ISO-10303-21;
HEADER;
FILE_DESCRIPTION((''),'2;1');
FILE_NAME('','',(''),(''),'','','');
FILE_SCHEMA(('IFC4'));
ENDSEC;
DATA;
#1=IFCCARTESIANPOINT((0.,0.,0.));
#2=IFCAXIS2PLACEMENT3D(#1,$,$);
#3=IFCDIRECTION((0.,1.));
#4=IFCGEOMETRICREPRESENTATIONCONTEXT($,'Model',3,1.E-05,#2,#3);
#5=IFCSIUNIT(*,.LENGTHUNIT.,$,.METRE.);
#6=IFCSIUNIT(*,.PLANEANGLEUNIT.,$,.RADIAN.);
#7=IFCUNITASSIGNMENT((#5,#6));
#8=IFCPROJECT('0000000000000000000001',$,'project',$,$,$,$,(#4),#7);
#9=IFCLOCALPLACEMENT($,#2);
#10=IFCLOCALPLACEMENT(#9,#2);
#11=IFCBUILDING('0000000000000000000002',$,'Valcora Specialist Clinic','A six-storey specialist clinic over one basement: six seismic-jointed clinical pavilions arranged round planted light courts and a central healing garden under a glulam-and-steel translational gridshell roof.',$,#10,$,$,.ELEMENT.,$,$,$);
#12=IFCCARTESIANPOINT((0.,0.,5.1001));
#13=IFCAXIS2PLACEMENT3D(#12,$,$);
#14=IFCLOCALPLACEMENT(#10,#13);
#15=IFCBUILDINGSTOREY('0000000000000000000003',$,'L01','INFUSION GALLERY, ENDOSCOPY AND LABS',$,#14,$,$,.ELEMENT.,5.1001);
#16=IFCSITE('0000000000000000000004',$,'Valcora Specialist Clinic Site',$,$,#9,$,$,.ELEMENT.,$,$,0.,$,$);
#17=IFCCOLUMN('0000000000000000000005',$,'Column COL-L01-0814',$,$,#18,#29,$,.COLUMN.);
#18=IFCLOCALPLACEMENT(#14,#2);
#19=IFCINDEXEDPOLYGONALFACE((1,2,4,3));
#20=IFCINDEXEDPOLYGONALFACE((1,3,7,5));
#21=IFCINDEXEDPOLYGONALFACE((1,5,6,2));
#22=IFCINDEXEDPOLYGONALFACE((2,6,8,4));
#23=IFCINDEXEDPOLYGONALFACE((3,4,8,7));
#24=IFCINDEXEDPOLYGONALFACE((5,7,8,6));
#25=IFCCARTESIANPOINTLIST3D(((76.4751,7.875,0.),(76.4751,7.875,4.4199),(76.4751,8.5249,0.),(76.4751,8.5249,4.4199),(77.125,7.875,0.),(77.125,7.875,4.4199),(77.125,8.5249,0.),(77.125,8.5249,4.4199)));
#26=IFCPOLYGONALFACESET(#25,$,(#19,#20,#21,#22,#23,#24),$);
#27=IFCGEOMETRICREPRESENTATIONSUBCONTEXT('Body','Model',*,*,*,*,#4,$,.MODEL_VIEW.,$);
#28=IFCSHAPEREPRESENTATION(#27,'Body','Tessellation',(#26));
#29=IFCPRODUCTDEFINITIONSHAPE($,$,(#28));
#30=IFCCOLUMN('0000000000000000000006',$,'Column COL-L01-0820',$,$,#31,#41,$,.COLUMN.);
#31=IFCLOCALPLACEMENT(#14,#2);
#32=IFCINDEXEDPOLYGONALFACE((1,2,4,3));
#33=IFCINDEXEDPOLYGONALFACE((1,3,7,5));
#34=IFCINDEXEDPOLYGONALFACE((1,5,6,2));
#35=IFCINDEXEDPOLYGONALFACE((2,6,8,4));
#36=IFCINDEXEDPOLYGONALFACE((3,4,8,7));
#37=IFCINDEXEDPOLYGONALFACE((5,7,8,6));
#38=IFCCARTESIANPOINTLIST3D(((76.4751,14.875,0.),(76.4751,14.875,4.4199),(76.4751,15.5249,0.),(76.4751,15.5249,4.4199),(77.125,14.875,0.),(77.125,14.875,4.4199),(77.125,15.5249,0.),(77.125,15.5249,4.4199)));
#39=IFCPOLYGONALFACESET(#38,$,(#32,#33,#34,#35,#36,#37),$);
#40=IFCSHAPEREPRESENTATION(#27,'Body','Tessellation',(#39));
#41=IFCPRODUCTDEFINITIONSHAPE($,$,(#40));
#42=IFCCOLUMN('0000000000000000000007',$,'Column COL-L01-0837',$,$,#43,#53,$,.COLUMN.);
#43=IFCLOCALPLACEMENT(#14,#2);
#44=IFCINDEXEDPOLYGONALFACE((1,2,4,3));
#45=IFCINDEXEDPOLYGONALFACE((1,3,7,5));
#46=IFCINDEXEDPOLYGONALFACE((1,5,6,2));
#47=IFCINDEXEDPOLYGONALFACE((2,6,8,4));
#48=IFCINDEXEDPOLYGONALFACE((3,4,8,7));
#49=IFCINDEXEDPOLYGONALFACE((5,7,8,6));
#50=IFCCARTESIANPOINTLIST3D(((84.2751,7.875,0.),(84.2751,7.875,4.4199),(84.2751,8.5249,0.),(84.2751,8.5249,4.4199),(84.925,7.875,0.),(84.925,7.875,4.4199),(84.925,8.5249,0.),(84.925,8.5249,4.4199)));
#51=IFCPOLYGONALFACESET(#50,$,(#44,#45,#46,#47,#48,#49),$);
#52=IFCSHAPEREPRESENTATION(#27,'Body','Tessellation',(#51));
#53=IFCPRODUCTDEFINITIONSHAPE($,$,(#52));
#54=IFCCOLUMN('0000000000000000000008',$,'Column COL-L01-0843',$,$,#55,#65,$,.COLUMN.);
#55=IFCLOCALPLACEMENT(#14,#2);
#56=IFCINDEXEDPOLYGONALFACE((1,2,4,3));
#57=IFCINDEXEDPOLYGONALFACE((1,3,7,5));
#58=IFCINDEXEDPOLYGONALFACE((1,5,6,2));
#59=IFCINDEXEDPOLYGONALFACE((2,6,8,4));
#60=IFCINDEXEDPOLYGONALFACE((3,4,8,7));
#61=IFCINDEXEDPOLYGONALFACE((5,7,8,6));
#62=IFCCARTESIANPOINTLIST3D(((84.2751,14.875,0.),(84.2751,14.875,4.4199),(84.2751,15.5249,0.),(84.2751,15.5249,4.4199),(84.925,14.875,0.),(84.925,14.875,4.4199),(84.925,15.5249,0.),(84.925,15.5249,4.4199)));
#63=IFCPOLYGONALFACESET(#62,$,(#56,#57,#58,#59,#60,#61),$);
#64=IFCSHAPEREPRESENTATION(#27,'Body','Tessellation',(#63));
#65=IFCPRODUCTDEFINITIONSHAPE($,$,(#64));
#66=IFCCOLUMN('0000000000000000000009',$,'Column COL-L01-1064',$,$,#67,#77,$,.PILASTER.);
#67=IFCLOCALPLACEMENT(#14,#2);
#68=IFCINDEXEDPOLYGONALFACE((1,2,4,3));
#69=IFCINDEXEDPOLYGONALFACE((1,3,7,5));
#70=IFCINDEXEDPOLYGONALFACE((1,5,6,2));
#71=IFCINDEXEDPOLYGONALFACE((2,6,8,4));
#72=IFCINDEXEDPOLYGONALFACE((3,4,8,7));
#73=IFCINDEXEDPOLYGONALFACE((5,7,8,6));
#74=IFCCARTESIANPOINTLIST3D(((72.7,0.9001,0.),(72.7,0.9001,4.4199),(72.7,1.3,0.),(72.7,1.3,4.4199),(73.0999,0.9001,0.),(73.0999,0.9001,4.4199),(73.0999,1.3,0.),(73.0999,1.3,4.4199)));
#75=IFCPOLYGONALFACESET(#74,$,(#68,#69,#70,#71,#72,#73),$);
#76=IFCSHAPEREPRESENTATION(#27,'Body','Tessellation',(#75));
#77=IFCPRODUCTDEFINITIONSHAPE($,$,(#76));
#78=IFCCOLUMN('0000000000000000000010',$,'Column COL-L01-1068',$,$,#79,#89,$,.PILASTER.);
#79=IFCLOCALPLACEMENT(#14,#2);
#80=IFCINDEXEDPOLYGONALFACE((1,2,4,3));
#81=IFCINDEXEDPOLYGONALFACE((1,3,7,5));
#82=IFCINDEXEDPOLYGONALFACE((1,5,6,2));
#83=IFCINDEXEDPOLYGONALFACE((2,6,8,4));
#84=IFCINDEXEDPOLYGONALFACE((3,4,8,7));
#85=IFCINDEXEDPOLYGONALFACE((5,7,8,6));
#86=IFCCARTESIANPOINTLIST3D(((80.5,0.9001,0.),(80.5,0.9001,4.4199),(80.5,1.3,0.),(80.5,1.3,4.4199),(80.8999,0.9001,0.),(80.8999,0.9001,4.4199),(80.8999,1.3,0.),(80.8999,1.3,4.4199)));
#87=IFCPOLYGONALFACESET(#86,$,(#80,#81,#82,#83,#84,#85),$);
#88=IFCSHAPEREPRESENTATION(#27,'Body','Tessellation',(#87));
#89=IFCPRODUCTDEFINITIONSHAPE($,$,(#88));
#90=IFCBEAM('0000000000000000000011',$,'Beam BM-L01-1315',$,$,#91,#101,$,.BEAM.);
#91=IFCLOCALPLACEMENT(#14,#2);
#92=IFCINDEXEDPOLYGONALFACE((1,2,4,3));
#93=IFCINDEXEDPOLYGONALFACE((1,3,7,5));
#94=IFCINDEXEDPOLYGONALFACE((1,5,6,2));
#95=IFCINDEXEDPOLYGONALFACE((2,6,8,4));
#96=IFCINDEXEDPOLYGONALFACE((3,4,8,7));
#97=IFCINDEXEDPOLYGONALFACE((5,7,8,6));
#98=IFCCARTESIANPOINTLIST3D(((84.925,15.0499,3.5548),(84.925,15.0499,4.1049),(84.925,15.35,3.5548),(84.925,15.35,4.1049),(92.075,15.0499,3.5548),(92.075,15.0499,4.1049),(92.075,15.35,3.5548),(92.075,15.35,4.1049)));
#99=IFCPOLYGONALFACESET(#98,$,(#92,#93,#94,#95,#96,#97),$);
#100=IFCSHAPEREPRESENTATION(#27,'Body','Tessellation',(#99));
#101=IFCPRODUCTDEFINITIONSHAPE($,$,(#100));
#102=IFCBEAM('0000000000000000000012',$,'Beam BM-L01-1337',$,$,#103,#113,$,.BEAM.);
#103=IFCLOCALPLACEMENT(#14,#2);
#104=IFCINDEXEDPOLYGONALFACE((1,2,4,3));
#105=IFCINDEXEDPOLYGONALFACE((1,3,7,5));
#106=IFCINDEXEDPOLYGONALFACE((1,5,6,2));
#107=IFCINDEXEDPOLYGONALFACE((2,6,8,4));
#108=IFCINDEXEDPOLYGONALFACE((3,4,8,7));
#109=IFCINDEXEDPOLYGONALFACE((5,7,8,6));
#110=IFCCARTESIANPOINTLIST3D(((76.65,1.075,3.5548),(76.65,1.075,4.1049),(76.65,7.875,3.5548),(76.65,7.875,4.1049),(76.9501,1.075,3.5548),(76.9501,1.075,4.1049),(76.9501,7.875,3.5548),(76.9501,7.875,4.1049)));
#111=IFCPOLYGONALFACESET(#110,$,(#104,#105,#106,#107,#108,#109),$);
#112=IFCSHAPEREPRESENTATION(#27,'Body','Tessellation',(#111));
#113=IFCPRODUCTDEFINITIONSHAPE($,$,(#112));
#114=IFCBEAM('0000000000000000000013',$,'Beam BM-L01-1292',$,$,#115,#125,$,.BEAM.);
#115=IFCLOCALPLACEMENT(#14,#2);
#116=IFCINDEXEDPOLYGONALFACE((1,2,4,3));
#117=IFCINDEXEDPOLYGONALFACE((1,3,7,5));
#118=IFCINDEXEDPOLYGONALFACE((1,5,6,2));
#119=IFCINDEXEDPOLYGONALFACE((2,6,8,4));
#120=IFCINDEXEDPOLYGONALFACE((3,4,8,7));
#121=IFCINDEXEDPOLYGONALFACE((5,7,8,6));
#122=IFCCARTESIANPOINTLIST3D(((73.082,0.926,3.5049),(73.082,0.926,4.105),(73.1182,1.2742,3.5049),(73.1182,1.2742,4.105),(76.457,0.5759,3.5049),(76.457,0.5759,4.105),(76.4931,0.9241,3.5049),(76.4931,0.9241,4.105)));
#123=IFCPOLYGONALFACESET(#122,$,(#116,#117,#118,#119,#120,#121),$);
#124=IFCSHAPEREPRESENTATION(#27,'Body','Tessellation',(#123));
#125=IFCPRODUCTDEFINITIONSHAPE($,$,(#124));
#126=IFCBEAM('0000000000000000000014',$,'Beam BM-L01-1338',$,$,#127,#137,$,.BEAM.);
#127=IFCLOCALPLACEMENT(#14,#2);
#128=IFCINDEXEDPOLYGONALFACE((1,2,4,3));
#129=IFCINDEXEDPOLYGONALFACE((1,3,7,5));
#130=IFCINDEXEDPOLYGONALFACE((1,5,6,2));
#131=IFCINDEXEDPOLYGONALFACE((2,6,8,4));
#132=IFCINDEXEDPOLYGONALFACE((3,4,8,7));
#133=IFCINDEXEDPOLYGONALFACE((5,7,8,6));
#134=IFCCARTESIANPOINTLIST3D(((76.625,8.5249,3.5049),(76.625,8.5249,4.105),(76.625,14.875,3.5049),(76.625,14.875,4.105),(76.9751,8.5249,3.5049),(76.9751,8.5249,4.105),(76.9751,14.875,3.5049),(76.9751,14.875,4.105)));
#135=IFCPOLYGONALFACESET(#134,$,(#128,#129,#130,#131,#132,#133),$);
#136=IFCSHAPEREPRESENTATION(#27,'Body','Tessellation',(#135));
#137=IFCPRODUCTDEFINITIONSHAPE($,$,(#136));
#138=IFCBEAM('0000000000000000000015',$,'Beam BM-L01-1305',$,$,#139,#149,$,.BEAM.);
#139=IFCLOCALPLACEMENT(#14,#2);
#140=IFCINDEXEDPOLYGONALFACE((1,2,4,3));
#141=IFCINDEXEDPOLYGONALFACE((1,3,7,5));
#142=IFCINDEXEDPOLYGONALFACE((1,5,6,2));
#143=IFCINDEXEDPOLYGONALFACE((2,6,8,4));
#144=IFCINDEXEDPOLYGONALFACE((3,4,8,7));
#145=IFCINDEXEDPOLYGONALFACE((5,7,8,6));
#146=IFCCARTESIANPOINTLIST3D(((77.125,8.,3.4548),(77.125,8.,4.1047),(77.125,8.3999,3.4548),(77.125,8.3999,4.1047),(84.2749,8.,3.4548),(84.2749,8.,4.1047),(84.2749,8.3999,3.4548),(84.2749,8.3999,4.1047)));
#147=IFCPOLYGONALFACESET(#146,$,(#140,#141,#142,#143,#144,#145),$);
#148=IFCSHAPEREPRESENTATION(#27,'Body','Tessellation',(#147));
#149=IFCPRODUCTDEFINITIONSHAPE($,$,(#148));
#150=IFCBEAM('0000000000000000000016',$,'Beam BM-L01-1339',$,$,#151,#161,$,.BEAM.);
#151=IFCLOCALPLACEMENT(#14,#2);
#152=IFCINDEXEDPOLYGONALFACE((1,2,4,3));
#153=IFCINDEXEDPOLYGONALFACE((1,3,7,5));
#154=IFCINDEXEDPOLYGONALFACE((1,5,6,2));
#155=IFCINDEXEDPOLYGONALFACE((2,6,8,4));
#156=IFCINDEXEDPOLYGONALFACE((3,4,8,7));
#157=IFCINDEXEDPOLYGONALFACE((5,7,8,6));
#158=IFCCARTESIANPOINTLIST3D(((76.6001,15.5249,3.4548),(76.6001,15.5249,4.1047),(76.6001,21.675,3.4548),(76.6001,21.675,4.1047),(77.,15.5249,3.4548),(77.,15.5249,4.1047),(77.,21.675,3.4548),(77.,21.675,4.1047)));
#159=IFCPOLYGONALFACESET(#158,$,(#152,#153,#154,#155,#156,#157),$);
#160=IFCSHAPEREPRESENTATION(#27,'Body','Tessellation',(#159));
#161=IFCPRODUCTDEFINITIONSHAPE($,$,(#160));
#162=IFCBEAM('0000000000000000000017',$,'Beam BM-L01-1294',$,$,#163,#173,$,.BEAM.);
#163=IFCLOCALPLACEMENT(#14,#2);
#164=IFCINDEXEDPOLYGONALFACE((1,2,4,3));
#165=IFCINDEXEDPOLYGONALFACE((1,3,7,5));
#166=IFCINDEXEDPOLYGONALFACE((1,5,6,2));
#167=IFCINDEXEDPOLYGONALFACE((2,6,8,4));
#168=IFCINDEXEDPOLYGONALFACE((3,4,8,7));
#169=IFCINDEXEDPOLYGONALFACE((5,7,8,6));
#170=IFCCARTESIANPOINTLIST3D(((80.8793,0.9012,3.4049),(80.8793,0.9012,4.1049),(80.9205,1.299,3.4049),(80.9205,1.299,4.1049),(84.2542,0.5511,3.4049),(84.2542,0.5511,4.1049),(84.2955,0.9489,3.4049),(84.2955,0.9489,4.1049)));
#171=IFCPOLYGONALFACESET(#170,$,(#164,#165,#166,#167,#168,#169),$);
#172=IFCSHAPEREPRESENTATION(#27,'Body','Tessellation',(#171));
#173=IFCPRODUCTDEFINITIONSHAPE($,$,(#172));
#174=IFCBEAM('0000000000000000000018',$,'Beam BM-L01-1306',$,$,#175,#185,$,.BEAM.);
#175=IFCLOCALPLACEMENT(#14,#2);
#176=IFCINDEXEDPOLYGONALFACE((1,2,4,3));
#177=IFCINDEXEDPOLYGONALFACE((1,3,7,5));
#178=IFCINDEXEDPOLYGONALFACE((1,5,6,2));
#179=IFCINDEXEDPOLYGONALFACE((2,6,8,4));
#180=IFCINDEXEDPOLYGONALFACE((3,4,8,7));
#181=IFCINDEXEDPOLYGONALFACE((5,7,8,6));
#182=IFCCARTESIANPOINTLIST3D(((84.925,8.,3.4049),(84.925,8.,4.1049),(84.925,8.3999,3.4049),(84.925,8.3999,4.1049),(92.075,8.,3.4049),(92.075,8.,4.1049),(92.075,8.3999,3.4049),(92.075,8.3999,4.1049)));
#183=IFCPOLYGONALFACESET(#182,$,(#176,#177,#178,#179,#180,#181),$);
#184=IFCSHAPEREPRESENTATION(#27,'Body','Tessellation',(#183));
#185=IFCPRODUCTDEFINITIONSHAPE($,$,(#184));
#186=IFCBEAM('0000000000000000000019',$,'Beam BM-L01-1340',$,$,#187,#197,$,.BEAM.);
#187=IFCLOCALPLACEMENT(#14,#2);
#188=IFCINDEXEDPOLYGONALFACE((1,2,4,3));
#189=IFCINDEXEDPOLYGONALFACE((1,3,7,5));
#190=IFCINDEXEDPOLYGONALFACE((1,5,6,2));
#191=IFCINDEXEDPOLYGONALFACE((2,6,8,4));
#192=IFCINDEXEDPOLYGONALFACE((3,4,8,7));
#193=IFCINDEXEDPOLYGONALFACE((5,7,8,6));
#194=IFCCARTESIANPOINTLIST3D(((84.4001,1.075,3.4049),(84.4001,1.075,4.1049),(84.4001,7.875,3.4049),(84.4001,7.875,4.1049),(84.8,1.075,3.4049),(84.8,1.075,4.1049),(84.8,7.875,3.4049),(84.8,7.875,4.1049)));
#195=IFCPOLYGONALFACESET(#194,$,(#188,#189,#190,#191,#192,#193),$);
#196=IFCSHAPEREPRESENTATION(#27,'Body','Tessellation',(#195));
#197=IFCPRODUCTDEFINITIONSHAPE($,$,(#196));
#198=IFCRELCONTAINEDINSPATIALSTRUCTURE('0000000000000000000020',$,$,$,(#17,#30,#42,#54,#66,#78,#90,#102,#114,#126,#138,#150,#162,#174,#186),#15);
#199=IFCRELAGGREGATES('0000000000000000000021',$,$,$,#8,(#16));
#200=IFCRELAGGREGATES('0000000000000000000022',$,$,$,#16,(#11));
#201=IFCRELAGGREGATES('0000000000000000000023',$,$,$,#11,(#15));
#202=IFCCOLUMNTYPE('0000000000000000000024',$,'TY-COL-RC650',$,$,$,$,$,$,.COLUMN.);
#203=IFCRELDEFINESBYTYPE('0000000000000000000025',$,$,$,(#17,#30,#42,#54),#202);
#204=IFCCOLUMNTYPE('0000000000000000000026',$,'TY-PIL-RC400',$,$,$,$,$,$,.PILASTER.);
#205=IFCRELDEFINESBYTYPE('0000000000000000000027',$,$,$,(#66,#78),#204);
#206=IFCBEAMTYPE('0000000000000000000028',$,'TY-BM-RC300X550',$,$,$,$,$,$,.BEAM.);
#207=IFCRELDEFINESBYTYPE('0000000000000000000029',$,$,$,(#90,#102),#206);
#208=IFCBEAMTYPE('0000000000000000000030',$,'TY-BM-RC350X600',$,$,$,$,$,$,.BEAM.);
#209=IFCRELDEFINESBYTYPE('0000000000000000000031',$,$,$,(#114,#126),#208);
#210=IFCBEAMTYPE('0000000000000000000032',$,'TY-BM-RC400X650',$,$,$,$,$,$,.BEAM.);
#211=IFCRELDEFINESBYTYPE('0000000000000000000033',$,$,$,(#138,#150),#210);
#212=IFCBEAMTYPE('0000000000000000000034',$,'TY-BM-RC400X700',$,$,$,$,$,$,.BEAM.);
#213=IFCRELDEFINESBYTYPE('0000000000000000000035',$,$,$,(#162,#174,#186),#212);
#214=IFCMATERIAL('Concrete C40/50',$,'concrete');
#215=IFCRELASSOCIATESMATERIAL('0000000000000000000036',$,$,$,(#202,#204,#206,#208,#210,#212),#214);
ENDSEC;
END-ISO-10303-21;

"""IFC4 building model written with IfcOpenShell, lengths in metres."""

from ifc_helpers import new_model, si_unit, direction, frame, origin, origin_2d, place, context, subcontext, project, spatial, rectangle, extrude, material, material_profile, profile_set, type_object, element, save


model = new_model("IFC4")

# Units and contexts
model_context = context("Model", 3, precision=1e-05, world=origin(), true_north=direction((0.0, 1.0)))
body_context = subcontext(model_context, "Body", "Model", "MODEL_VIEW")
ifc_project = project(units=[si_unit("LENGTHUNIT", "METRE"), si_unit("PLANEANGLEUNIT", "RADIAN")], contexts=[model_context])

# Site, building, storey
site_placement = place(None, origin())
site = spatial("IfcSite", under=ifc_project, at=site_placement, Name="Valcora Specialist Clinic Site", CompositionType="ELEMENT", RefElevation=0.0)
building_placement = place(site_placement, origin())
building = spatial("IfcBuilding", under=site, at=building_placement, Name="Valcora Specialist Clinic", Description="A six-storey specialist clinic over one basement: six seismic-jointed clinical pavilions arranged round planted light courts and a central healing garden under a glulam-and-steel translational gridshell roof.", CompositionType="ELEMENT")
storey_placement = place(building_placement, frame((0.0, 0.0, 5.1001)))
storey = spatial("IfcBuildingStorey", under=building, at=storey_placement, Name="L01", Description="INFUSION GALLERY, ENDOSCOPY AND LABS", CompositionType="ELEMENT", Elevation=5.1001)

# Columns
ifc_material_1 = material(Name="Concrete C40/50", Category="concrete")
ifc_material_profile_1 = material_profile(ifc_material_1, rectangle(XDim=0.6499, YDim=0.6499, at=origin_2d()), Name="RC-COL-650X650")
ifc_profile_set_1 = profile_set([ifc_material_profile_1], Name="Concrete C40/50")
column_type_1 = type_object("IfcColumnType", Name="TY-COL-RC650", PredefinedType="COLUMN", material=ifc_profile_set_1)
for number, where, z_axis, x_axis, name in (
    (1, (76.8, 8.2, 0.0), (0.0, 0.0, 1.0), (1.0, 0.0, 0.0), "Column COL-L01-0814"),
    (2, (76.8, 15.2, 0.0), (0.0, 0.0, 1.0), (1.0, 0.0, 0.0), "Column COL-L01-0820"),
    (3, (84.6001, 8.2, 0.0), (0.0, 0.0, 1.0), (1.0, 0.0, 0.0), "Column COL-L01-0837"),
    (4, (84.6001, 15.2, 0.0), (0.0, 0.0, 1.0), (1.0, 0.0, 0.0), "Column COL-L01-0843"),
):
    element("IfcColumn", number, at=place(storey_placement, frame(where, z_axis=z_axis, x_axis=x_axis)), inside=storey, type_object=column_type_1, Name=name, PredefinedType="COLUMN", context=body_context, shape_type="SweptSolid", body=[
        extrude(rectangle(XDim=0.6499, YDim=0.6499, at=origin_2d()), origin(), (0.0, 0.0, 1.0), 4.4199),
    ])
ifc_material_profile_2 = material_profile(ifc_material_1, rectangle(XDim=0.3999, YDim=0.3999, at=origin_2d()), Name="RC-COL-400X400")
ifc_profile_set_2 = profile_set([ifc_material_profile_2], Name="Concrete C40/50")
column_type_2 = type_object("IfcColumnType", Name="TY-PIL-RC400", PredefinedType="PILASTER", material=ifc_profile_set_2)
for number, where, z_axis, x_axis, name in (
    (5, (72.8999, 1.1001, 0.0), (0.0, 0.0, 1.0), (1.0, 0.0, 0.0), "Column COL-L01-1064"),
    (6, (80.7, 1.1001, 0.0), (0.0, 0.0, 1.0), (1.0, 0.0, 0.0), "Column COL-L01-1068"),
):
    element("IfcColumn", number, at=place(storey_placement, frame(where, z_axis=z_axis, x_axis=x_axis)), inside=storey, type_object=column_type_2, Name=name, PredefinedType="PILASTER", context=body_context, shape_type="SweptSolid", body=[
        extrude(rectangle(XDim=0.3999, YDim=0.3999, at=origin_2d()), origin(), (0.0, 0.0, 1.0), 4.4199),
    ])

# Beams
ifc_material_profile_3 = material_profile(ifc_material_1, rectangle(XDim=0.3, YDim=0.55, at=origin_2d()), Name="RC-BM-300X550")
ifc_profile_set_3 = profile_set([ifc_material_profile_3], Name="Concrete C40/50")
beam_type_1 = type_object("IfcBeamType", Name="TY-BM-RC300X550", PredefinedType="BEAM", material=ifc_profile_set_3)
beam_1_placement = place(storey_placement, frame((84.925, 15.2, 3.8298), z_axis=(1.0, 0.0, 0.0), x_axis=(0.0, 1.0, 0.0)))
element("IfcBeam", 7, at=beam_1_placement, inside=storey, type_object=beam_type_1, Name="Beam BM-L01-1315", PredefinedType="BEAM", context=body_context, shape_type="SweptSolid", body=[
    extrude(rectangle(XDim=0.3, YDim=0.55, at=origin_2d()), origin(), (0.0, 0.0, 1.0), 7.1499),
])
beam_2_placement = place(storey_placement, frame((76.8, 1.075, 3.8298), z_axis=(0.0, 1.0, 0.0), x_axis=(-1.0, 0.0, 0.0)))
element("IfcBeam", 8, at=beam_2_placement, inside=storey, type_object=beam_type_1, Name="Beam BM-L01-1337", PredefinedType="BEAM", context=body_context, shape_type="SweptSolid", body=[
    extrude(rectangle(XDim=0.3, YDim=0.55, at=origin_2d()), origin(), (0.0, 0.0, 1.0), 6.8),
])
ifc_material_profile_4 = material_profile(ifc_material_1, rectangle(XDim=0.3501, YDim=0.6001, at=origin_2d()), Name="RC-BM-350X600")
ifc_profile_set_4 = profile_set([ifc_material_profile_4], Name="Concrete C40/50")
beam_type_2 = type_object("IfcBeamType", Name="TY-BM-RC350X600", PredefinedType="BEAM", material=ifc_profile_set_4)
beam_3_placement = place(storey_placement, frame((73.1001, 1.1001, 3.8049), z_axis=(0.994663, -0.103179, 0.0), x_axis=(0.103179, 0.994663, 0.0)))
element("IfcBeam", 9, at=beam_3_placement, inside=storey, type_object=beam_type_2, Name="Beam BM-L01-1292", PredefinedType="BEAM", context=body_context, shape_type="SweptSolid", body=[
    extrude(rectangle(XDim=0.3501, YDim=0.6001, at=origin_2d()), origin(), (0.0, 0.0, 1.0), 3.3931),
])
beam_4_placement = place(storey_placement, frame((76.8, 8.5249, 3.8049), z_axis=(0.0, 1.0, 0.0), x_axis=(-1.0, 0.0, 0.0)))
element("IfcBeam", 10, at=beam_4_placement, inside=storey, type_object=beam_type_2, Name="Beam BM-L01-1338", PredefinedType="BEAM", context=body_context, shape_type="SweptSolid", body=[
    extrude(rectangle(XDim=0.3501, YDim=0.6001, at=origin_2d()), origin(), (0.0, 0.0, 1.0), 6.3501),
])
ifc_material_profile_5 = material_profile(ifc_material_1, rectangle(XDim=0.3999, YDim=0.6499, at=origin_2d()), Name="RC-BM-400X650")
ifc_profile_set_5 = profile_set([ifc_material_profile_5], Name="Concrete C40/50")
beam_type_3 = type_object("IfcBeamType", Name="TY-BM-RC400X650", PredefinedType="BEAM", material=ifc_profile_set_5)
beam_5_placement = place(storey_placement, frame((77.125, 8.2, 3.7798), z_axis=(1.0, 0.0, 0.0), x_axis=(0.0, 1.0, 0.0)))
element("IfcBeam", 11, at=beam_5_placement, inside=storey, type_object=beam_type_3, Name="Beam BM-L01-1305", PredefinedType="BEAM", context=body_context, shape_type="SweptSolid", body=[
    extrude(rectangle(XDim=0.3999, YDim=0.6499, at=origin_2d()), origin(), (0.0, 0.0, 1.0), 7.1499),
])
beam_6_placement = place(storey_placement, frame((76.8, 15.5249, 3.7798), z_axis=(0.0, 1.0, 0.0), x_axis=(-1.0, 0.0, 0.0)))
element("IfcBeam", 12, at=beam_6_placement, inside=storey, type_object=beam_type_3, Name="Beam BM-L01-1339", PredefinedType="BEAM", context=body_context, shape_type="SweptSolid", body=[
    extrude(rectangle(XDim=0.3999, YDim=0.6499, at=origin_2d()), origin(), (0.0, 0.0, 1.0), 6.1501),
])
ifc_material_profile_6 = material_profile(ifc_material_1, rectangle(XDim=0.3999, YDim=0.7, at=origin_2d()), Name="RC-BM-400X700")
ifc_profile_set_6 = profile_set([ifc_material_profile_6], Name="Concrete C40/50")
beam_type_4 = type_object("IfcBeamType", Name="TY-BM-RC400X700", PredefinedType="BEAM", material=ifc_profile_set_6)
beam_7_placement = place(storey_placement, frame((80.8999, 1.1001, 3.7549), z_axis=(0.994663, -0.103179, 0.0), x_axis=(0.103179, 0.994663, 0.0)))
element("IfcBeam", 13, at=beam_7_placement, inside=storey, type_object=beam_type_4, Name="Beam BM-L01-1294", PredefinedType="BEAM", context=body_context, shape_type="SweptSolid", body=[
    extrude(rectangle(XDim=0.3999, YDim=0.7, at=origin_2d()), origin(), (0.0, 0.0, 1.0), 3.3931),
])
beam_8_placement = place(storey_placement, frame((84.925, 8.2, 3.7549), z_axis=(1.0, 0.0, 0.0), x_axis=(0.0, 1.0, 0.0)))
element("IfcBeam", 14, at=beam_8_placement, inside=storey, type_object=beam_type_4, Name="Beam BM-L01-1306", PredefinedType="BEAM", context=body_context, shape_type="SweptSolid", body=[
    extrude(rectangle(XDim=0.3999, YDim=0.7, at=origin_2d()), origin(), (0.0, 0.0, 1.0), 7.1499),
])
beam_9_placement = place(storey_placement, frame((84.6001, 1.075, 3.7549), z_axis=(0.0, 1.0, 0.0), x_axis=(-1.0, 0.0, 0.0)))
element("IfcBeam", 15, at=beam_9_placement, inside=storey, type_object=beam_type_4, Name="Beam BM-L01-1340", PredefinedType="BEAM", context=body_context, shape_type="SweptSolid", body=[
    extrude(rectangle(XDim=0.3999, YDim=0.7, at=origin_2d()), origin(), (0.0, 0.0, 1.0), 6.8),
])

save(model, "model.ifc")
